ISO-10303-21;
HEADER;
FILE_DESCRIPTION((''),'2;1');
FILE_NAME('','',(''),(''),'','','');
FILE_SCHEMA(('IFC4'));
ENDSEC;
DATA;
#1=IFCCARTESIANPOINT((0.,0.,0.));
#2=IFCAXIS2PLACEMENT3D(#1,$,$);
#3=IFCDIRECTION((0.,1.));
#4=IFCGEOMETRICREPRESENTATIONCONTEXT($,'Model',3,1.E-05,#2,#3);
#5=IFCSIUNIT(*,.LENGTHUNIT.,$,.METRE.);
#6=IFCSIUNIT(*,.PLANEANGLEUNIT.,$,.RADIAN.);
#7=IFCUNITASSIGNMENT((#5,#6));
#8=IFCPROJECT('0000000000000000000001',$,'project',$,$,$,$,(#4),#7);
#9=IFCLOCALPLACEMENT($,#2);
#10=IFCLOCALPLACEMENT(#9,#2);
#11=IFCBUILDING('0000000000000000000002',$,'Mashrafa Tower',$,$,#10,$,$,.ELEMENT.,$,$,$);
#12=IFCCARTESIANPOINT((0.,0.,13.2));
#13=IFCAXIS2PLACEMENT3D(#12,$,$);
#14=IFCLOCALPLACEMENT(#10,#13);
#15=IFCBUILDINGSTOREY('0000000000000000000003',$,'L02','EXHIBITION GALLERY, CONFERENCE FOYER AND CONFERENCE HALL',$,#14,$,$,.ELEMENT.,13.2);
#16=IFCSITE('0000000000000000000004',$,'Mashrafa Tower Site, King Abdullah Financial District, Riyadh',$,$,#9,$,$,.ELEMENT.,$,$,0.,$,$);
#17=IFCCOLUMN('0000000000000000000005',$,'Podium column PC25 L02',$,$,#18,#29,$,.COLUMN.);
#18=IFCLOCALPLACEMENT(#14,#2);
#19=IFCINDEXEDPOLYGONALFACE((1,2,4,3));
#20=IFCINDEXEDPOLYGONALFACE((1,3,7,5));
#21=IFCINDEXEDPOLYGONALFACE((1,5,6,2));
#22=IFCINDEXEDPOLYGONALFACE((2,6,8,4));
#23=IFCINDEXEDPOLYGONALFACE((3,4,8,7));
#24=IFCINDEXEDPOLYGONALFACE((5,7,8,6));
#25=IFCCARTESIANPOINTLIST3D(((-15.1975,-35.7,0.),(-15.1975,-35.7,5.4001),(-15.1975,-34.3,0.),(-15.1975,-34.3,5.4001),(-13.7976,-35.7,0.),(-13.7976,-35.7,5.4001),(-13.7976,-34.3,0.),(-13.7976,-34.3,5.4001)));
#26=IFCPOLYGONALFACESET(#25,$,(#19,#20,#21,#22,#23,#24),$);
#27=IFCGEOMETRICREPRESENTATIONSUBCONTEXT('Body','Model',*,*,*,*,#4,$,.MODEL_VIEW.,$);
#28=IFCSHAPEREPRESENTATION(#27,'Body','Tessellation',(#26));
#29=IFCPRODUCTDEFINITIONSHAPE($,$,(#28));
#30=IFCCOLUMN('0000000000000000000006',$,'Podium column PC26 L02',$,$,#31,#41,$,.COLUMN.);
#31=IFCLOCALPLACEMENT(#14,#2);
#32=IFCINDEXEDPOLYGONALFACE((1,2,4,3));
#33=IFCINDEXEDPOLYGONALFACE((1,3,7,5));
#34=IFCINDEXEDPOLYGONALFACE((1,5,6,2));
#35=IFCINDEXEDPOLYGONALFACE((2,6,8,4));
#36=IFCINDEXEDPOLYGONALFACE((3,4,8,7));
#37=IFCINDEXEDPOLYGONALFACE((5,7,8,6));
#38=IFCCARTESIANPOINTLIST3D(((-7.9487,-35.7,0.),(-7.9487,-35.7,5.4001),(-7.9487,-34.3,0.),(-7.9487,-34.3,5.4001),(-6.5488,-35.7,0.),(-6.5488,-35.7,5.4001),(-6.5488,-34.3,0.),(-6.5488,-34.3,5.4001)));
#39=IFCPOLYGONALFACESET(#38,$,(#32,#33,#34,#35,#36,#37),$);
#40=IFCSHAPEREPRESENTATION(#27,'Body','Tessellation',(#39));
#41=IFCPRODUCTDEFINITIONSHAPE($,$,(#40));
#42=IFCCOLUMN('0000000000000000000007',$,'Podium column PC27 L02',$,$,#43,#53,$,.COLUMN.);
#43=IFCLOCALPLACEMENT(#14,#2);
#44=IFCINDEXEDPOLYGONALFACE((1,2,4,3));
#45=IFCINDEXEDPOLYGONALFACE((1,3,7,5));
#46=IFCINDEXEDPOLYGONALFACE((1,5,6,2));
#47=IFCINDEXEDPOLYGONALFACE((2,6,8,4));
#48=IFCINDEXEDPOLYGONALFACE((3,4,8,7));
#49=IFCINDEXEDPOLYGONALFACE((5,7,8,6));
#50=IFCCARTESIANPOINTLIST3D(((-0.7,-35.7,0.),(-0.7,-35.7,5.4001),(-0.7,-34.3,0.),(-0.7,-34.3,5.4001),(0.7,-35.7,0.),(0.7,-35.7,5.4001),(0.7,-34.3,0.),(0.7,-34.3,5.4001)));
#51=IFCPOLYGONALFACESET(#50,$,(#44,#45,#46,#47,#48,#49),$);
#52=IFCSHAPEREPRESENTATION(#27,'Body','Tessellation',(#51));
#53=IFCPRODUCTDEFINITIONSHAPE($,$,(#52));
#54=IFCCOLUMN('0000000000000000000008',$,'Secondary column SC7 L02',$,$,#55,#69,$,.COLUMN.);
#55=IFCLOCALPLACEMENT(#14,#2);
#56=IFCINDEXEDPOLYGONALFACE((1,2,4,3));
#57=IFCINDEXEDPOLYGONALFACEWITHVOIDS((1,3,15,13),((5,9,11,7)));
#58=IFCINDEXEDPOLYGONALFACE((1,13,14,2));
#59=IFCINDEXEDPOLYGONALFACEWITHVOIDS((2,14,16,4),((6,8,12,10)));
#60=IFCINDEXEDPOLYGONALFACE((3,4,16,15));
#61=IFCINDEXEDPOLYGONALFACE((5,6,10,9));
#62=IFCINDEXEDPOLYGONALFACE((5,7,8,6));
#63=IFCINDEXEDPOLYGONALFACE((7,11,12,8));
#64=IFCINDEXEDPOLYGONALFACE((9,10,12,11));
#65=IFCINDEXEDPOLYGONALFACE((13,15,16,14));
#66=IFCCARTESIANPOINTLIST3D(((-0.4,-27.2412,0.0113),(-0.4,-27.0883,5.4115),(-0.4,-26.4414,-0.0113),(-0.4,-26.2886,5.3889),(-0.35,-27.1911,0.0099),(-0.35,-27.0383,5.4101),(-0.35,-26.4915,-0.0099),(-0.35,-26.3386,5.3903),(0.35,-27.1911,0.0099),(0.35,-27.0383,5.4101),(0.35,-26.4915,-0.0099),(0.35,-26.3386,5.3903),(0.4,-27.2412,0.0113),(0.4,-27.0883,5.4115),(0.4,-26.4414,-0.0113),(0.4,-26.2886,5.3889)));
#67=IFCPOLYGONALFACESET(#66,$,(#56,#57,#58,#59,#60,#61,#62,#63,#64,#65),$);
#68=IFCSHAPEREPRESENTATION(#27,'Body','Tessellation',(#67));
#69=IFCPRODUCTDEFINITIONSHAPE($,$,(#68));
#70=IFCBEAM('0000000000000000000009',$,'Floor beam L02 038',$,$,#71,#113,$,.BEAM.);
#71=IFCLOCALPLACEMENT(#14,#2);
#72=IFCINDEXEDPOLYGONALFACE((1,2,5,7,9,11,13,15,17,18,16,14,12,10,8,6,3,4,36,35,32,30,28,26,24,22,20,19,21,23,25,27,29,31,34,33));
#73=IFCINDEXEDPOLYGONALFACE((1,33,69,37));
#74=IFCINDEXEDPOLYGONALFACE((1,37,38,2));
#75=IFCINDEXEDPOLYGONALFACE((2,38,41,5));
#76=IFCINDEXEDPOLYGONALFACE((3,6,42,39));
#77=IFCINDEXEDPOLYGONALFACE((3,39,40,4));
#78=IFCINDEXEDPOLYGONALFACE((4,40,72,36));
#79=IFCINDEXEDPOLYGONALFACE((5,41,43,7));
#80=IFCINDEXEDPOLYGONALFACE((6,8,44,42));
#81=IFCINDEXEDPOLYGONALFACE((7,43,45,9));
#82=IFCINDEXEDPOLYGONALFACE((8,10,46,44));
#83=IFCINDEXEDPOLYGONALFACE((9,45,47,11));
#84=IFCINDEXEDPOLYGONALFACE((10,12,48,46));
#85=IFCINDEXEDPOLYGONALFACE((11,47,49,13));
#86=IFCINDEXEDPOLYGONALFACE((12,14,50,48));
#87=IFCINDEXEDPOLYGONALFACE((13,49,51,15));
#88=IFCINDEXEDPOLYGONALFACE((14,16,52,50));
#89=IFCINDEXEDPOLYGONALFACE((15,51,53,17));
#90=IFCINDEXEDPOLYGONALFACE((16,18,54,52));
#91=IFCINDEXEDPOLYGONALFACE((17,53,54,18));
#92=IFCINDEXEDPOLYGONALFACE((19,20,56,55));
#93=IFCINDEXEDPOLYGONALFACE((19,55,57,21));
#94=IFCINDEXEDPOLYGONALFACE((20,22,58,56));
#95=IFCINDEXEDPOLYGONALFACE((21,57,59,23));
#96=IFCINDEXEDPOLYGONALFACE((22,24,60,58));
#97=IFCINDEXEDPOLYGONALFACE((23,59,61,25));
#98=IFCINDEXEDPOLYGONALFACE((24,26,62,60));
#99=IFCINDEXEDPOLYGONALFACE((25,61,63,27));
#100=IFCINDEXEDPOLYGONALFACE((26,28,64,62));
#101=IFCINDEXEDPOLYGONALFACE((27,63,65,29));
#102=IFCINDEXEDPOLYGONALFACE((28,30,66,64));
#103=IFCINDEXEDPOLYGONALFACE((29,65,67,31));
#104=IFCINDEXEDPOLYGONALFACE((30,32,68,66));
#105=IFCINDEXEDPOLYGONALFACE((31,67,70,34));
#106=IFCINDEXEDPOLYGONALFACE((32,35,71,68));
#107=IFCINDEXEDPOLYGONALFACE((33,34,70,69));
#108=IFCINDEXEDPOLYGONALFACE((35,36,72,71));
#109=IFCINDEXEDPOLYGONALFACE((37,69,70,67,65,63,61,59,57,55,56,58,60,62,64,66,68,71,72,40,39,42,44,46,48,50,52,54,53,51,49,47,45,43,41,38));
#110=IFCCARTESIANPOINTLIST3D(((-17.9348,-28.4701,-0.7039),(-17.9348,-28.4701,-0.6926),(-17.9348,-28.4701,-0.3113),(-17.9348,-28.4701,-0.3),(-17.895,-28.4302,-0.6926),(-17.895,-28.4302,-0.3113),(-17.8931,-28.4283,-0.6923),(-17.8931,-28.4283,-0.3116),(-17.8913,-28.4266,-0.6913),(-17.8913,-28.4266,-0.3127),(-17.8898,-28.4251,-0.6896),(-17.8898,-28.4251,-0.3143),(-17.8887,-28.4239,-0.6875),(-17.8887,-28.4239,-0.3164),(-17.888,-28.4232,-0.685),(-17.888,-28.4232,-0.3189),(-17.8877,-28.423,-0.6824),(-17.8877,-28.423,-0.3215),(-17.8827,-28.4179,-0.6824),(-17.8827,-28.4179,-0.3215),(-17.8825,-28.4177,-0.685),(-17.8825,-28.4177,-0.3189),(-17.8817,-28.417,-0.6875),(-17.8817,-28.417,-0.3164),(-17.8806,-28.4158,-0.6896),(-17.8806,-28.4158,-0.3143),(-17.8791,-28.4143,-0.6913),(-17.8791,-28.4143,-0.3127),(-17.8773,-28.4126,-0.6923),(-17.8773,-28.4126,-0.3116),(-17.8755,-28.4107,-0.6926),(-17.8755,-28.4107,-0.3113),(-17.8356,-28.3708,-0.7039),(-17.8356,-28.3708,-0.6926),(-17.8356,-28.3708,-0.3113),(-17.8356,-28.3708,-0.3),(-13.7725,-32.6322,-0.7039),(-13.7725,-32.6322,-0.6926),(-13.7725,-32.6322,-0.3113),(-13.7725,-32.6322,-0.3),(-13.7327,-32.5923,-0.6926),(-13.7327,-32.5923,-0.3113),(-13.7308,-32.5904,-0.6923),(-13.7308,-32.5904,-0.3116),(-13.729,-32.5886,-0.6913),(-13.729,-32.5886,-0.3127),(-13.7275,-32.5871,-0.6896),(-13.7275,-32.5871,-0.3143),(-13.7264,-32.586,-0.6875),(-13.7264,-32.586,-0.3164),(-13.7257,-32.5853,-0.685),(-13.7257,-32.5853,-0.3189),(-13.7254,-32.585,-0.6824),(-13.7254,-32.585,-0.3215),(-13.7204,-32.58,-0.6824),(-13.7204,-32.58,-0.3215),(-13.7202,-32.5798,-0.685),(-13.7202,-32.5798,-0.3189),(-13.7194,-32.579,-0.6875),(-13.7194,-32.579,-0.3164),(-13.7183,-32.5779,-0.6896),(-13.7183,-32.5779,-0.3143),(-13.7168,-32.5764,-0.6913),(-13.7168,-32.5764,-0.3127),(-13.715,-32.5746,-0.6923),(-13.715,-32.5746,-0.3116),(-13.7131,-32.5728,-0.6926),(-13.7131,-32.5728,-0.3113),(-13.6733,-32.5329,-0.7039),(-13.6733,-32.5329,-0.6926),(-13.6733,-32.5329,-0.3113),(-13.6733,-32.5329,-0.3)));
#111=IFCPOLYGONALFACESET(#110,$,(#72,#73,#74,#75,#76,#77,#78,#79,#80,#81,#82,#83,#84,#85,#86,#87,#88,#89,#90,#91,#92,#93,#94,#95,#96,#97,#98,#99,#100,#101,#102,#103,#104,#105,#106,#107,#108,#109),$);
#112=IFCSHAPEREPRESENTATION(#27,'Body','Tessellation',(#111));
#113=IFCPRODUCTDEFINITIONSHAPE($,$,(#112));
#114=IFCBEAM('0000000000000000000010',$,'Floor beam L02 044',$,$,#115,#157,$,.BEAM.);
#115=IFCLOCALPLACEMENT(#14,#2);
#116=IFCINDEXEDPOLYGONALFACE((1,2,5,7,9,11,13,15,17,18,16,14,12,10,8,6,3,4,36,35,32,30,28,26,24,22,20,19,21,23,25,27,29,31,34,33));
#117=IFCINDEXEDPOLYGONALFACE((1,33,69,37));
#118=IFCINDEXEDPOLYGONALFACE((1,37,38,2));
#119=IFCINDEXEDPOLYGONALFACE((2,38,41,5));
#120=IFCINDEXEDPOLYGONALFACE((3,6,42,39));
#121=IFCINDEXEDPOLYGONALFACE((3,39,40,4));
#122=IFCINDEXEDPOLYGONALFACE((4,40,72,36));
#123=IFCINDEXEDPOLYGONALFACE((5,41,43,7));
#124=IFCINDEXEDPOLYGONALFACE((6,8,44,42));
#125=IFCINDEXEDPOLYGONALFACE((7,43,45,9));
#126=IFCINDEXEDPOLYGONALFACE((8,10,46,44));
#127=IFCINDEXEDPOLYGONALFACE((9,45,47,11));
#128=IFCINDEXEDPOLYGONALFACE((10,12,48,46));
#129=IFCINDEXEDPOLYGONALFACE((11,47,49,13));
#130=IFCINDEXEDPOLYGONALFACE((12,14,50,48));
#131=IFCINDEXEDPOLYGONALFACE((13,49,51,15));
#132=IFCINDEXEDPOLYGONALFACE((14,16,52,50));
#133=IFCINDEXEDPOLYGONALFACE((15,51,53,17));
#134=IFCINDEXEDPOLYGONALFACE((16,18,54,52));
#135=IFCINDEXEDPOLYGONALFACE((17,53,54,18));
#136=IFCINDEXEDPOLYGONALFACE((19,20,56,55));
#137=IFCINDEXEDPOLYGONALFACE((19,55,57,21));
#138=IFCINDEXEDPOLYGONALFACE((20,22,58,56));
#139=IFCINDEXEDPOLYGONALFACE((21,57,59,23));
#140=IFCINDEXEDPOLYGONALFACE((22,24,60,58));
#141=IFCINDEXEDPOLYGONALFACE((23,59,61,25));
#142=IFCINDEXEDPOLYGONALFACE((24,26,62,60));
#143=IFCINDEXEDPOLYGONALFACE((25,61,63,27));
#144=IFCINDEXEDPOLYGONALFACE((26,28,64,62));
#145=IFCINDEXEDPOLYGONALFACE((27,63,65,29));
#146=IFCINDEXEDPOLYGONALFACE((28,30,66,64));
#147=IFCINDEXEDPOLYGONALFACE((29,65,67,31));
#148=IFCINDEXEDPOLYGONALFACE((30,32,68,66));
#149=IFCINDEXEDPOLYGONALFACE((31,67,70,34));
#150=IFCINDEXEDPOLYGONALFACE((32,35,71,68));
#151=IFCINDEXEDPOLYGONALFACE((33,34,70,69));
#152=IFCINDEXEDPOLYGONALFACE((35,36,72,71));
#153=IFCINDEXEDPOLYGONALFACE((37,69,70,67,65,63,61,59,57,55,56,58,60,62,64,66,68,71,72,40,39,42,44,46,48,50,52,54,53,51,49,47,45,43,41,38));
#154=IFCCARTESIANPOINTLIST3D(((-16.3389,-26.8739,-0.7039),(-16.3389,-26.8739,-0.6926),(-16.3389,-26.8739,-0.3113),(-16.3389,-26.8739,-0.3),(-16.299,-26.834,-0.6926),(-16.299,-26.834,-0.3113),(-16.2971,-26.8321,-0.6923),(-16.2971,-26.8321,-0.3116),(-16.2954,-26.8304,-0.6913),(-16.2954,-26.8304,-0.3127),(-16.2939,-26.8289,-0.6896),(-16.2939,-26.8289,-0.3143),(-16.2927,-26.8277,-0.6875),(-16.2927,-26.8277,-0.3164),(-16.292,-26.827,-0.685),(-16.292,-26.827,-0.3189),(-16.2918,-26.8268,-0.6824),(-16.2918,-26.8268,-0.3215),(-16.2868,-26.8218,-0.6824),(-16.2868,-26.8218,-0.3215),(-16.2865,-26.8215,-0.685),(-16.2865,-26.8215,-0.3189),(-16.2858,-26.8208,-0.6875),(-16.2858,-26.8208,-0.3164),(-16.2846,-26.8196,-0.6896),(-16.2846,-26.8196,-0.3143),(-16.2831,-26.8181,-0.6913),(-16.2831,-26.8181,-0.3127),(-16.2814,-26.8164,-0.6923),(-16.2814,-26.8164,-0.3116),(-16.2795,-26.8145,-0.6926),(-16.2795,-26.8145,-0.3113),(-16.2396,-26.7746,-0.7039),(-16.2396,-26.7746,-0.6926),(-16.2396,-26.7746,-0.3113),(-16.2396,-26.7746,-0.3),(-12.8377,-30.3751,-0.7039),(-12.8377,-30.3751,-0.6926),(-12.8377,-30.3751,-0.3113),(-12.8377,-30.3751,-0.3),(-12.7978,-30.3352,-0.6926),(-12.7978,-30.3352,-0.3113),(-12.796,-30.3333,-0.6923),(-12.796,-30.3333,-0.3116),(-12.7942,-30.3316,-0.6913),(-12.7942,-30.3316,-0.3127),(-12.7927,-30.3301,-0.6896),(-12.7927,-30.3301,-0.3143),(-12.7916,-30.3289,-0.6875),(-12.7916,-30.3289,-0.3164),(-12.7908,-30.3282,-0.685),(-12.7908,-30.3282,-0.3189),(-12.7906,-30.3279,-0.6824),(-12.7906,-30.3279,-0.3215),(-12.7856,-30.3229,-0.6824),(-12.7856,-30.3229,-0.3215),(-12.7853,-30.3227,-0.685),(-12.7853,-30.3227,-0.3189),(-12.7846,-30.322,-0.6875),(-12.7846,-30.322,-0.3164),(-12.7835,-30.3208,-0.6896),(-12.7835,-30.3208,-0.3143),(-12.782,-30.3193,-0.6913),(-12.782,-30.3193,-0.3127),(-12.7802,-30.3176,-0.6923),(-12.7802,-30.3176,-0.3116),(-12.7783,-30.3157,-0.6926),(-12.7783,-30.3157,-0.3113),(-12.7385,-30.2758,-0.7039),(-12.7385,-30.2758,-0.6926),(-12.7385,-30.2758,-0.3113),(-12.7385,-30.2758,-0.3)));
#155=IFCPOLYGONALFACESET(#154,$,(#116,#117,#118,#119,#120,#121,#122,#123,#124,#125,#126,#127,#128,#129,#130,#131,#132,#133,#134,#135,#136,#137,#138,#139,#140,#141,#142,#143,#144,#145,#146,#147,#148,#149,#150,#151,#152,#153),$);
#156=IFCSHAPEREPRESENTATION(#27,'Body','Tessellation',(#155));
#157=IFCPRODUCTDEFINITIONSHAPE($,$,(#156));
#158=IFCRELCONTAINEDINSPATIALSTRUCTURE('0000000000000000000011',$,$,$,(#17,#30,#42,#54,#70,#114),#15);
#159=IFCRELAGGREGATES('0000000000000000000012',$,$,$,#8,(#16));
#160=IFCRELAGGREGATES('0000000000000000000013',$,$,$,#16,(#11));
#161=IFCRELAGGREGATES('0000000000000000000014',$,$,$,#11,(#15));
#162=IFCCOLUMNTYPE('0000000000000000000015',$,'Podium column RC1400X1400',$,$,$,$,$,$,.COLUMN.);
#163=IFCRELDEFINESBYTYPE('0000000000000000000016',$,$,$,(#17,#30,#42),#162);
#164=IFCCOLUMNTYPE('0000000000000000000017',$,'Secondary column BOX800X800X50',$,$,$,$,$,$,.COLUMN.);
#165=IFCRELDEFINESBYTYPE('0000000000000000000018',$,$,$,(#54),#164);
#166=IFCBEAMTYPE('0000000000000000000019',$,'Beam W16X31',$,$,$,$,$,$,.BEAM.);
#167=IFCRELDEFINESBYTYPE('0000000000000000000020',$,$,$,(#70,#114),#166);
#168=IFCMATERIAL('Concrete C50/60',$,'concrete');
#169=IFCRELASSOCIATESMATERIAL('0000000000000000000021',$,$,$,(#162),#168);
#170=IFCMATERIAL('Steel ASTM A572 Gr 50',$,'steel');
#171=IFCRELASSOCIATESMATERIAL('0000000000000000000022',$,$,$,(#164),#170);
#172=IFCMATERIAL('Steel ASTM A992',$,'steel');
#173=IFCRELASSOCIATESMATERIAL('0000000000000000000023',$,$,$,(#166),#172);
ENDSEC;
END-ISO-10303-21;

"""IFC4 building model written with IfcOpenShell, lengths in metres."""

from ifc_helpers import new_model, si_unit, direction, frame, origin, origin_2d, place, context, subcontext, project, spatial, rectangle, hollow_rectangle, i_section, extrude, material, material_profile, profile_set, type_object, element, save


model = new_model("IFC4")

# Units and contexts
model_context = context("Model", 3, precision=1e-05, world=origin(), true_north=direction((0.0, 1.0)))
body_context = subcontext(model_context, "Body", "Model", "MODEL_VIEW")
ifc_project = project(units=[si_unit("LENGTHUNIT", "METRE"), si_unit("PLANEANGLEUNIT", "RADIAN")], contexts=[model_context])

# Site, building, storey
site_placement = place(None, origin())
site = spatial("IfcSite", under=ifc_project, at=site_placement, Name="Mashrafa Tower Site, King Abdullah Financial District, Riyadh", CompositionType="ELEMENT", RefElevation=0.0)
building_placement = place(site_placement, origin())
building = spatial("IfcBuilding", under=site, at=building_placement, Name="Mashrafa Tower", CompositionType="ELEMENT")
storey_placement = place(building_placement, frame((0.0, 0.0, 13.2)))
storey = spatial("IfcBuildingStorey", under=building, at=storey_placement, Name="L02", Description="EXHIBITION GALLERY, CONFERENCE FOYER AND CONFERENCE HALL", CompositionType="ELEMENT", Elevation=13.2)

# Columns
ifc_material_1 = material(Name="Concrete C50/60", Category="concrete")
ifc_material_profile_1 = material_profile(ifc_material_1, rectangle(XDim=1.3999, YDim=1.3999, at=origin_2d()), Name="RC1400X1400")
ifc_profile_set_1 = profile_set([ifc_material_profile_1], Name="Concrete C50/60")
column_type_1 = type_object("IfcColumnType", Name="Podium column RC1400X1400", PredefinedType="COLUMN", material=ifc_profile_set_1)
for number, where, z_axis, x_axis, name in (
    (1, (-14.4976, -35.0, 0.0), (0.0, 0.0, 1.0), (1.0, 0.0, 0.0), "Podium column PC25 L02"),
    (2, (-7.2488, -35.0, 0.0), (0.0, 0.0, 1.0), (1.0, 0.0, 0.0), "Podium column PC26 L02"),
    (3, (0.0, -35.0, 0.0), (0.0, 0.0, 1.0), (1.0, 0.0, 0.0), "Podium column PC27 L02"),
):
    element("IfcColumn", number, at=place(storey_placement, frame(where, z_axis=z_axis, x_axis=x_axis)), inside=storey, type_object=column_type_1, Name=name, PredefinedType="COLUMN", context=body_context, shape_type="SweptSolid", body=[
        extrude(rectangle(XDim=1.3999, YDim=1.3999, at=origin_2d()), origin(), (0.0, 0.0, 1.0), 5.4001),
    ])
ifc_material_2 = material(Name="Steel ASTM A572 Gr 50", Category="steel")
ifc_material_profile_2 = material_profile(ifc_material_2, hollow_rectangle(XDim=0.8, YDim=0.8, WallThickness=0.05, at=origin_2d()), Name="BOX800X800X50")
ifc_profile_set_2 = profile_set([ifc_material_profile_2], Name="Steel ASTM A572 Gr 50")
column_type_2 = type_object("IfcColumnType", Name="Secondary column BOX800X800X50", PredefinedType="COLUMN", material=ifc_profile_set_2)
column_placement = place(storey_placement, frame((0.0, -26.8413, 0.0), z_axis=(0.0, 0.02829, 0.9996), x_axis=(-1.0, 0.0, 0.0)))
element("IfcColumn", 4, at=column_placement, inside=storey, type_object=column_type_2, Name="Secondary column SC7 L02", PredefinedType="COLUMN", context=body_context, shape_type="SweptSolid", body=[
    extrude(hollow_rectangle(XDim=0.8, YDim=0.8, WallThickness=0.05, at=origin_2d()), origin(), (0.0, 0.0, 1.0), 5.4023),
])

# Beams
ifc_material_3 = material(Name="Steel ASTM A992", Category="steel")
ifc_material_profile_3 = material_profile(ifc_material_3, i_section(OverallWidth=0.1404, OverallDepth=0.4038, WebThickness=0.0071, FlangeThickness=0.0112, FilletRadius=0.0103, at=origin_2d()), Name="W16X31")
ifc_profile_set_3 = profile_set([ifc_material_profile_3], Name="Steel ASTM A992")
beam_type_1 = type_object("IfcBeamType", Name="Beam W16X31", PredefinedType="BEAM", material=ifc_profile_set_3)
beam_1_placement = place(storey_placement, frame((-13.7229, -32.5825, -0.502), z_axis=(-0.707128, 0.707086, 0.0), x_axis=(-0.707086, -0.707128, 0.0)))
element("IfcBeam", 5, at=beam_1_placement, inside=storey, type_object=beam_type_1, Name="Floor beam L02 038", PredefinedType="BEAM", context=body_context, shape_type="SweptSolid", body=[
    extrude(i_section(OverallWidth=0.1404, OverallDepth=0.4038, WebThickness=0.0071, FlangeThickness=0.0112, FilletRadius=0.0103, at=origin_2d()), origin(), (0.0, 0.0, 1.0), 5.8862),
])
beam_2_placement = place(storey_placement, frame((-12.7881, -30.3254, -0.502), z_axis=(-0.707107, 0.707107, 0.0), x_axis=(-0.707107, -0.707107, 0.0)))
element("IfcBeam", 6, at=beam_2_placement, inside=storey, type_object=beam_type_1, Name="Floor beam L02 044", PredefinedType="BEAM", context=body_context, shape_type="SweptSolid", body=[
    extrude(i_section(OverallWidth=0.1404, OverallDepth=0.4038, WebThickness=0.0071, FlangeThickness=0.0112, FilletRadius=0.0103, at=origin_2d()), origin(), (0.0, 0.0, 1.0), 4.9514),
])

save(model, "model.ifc")
